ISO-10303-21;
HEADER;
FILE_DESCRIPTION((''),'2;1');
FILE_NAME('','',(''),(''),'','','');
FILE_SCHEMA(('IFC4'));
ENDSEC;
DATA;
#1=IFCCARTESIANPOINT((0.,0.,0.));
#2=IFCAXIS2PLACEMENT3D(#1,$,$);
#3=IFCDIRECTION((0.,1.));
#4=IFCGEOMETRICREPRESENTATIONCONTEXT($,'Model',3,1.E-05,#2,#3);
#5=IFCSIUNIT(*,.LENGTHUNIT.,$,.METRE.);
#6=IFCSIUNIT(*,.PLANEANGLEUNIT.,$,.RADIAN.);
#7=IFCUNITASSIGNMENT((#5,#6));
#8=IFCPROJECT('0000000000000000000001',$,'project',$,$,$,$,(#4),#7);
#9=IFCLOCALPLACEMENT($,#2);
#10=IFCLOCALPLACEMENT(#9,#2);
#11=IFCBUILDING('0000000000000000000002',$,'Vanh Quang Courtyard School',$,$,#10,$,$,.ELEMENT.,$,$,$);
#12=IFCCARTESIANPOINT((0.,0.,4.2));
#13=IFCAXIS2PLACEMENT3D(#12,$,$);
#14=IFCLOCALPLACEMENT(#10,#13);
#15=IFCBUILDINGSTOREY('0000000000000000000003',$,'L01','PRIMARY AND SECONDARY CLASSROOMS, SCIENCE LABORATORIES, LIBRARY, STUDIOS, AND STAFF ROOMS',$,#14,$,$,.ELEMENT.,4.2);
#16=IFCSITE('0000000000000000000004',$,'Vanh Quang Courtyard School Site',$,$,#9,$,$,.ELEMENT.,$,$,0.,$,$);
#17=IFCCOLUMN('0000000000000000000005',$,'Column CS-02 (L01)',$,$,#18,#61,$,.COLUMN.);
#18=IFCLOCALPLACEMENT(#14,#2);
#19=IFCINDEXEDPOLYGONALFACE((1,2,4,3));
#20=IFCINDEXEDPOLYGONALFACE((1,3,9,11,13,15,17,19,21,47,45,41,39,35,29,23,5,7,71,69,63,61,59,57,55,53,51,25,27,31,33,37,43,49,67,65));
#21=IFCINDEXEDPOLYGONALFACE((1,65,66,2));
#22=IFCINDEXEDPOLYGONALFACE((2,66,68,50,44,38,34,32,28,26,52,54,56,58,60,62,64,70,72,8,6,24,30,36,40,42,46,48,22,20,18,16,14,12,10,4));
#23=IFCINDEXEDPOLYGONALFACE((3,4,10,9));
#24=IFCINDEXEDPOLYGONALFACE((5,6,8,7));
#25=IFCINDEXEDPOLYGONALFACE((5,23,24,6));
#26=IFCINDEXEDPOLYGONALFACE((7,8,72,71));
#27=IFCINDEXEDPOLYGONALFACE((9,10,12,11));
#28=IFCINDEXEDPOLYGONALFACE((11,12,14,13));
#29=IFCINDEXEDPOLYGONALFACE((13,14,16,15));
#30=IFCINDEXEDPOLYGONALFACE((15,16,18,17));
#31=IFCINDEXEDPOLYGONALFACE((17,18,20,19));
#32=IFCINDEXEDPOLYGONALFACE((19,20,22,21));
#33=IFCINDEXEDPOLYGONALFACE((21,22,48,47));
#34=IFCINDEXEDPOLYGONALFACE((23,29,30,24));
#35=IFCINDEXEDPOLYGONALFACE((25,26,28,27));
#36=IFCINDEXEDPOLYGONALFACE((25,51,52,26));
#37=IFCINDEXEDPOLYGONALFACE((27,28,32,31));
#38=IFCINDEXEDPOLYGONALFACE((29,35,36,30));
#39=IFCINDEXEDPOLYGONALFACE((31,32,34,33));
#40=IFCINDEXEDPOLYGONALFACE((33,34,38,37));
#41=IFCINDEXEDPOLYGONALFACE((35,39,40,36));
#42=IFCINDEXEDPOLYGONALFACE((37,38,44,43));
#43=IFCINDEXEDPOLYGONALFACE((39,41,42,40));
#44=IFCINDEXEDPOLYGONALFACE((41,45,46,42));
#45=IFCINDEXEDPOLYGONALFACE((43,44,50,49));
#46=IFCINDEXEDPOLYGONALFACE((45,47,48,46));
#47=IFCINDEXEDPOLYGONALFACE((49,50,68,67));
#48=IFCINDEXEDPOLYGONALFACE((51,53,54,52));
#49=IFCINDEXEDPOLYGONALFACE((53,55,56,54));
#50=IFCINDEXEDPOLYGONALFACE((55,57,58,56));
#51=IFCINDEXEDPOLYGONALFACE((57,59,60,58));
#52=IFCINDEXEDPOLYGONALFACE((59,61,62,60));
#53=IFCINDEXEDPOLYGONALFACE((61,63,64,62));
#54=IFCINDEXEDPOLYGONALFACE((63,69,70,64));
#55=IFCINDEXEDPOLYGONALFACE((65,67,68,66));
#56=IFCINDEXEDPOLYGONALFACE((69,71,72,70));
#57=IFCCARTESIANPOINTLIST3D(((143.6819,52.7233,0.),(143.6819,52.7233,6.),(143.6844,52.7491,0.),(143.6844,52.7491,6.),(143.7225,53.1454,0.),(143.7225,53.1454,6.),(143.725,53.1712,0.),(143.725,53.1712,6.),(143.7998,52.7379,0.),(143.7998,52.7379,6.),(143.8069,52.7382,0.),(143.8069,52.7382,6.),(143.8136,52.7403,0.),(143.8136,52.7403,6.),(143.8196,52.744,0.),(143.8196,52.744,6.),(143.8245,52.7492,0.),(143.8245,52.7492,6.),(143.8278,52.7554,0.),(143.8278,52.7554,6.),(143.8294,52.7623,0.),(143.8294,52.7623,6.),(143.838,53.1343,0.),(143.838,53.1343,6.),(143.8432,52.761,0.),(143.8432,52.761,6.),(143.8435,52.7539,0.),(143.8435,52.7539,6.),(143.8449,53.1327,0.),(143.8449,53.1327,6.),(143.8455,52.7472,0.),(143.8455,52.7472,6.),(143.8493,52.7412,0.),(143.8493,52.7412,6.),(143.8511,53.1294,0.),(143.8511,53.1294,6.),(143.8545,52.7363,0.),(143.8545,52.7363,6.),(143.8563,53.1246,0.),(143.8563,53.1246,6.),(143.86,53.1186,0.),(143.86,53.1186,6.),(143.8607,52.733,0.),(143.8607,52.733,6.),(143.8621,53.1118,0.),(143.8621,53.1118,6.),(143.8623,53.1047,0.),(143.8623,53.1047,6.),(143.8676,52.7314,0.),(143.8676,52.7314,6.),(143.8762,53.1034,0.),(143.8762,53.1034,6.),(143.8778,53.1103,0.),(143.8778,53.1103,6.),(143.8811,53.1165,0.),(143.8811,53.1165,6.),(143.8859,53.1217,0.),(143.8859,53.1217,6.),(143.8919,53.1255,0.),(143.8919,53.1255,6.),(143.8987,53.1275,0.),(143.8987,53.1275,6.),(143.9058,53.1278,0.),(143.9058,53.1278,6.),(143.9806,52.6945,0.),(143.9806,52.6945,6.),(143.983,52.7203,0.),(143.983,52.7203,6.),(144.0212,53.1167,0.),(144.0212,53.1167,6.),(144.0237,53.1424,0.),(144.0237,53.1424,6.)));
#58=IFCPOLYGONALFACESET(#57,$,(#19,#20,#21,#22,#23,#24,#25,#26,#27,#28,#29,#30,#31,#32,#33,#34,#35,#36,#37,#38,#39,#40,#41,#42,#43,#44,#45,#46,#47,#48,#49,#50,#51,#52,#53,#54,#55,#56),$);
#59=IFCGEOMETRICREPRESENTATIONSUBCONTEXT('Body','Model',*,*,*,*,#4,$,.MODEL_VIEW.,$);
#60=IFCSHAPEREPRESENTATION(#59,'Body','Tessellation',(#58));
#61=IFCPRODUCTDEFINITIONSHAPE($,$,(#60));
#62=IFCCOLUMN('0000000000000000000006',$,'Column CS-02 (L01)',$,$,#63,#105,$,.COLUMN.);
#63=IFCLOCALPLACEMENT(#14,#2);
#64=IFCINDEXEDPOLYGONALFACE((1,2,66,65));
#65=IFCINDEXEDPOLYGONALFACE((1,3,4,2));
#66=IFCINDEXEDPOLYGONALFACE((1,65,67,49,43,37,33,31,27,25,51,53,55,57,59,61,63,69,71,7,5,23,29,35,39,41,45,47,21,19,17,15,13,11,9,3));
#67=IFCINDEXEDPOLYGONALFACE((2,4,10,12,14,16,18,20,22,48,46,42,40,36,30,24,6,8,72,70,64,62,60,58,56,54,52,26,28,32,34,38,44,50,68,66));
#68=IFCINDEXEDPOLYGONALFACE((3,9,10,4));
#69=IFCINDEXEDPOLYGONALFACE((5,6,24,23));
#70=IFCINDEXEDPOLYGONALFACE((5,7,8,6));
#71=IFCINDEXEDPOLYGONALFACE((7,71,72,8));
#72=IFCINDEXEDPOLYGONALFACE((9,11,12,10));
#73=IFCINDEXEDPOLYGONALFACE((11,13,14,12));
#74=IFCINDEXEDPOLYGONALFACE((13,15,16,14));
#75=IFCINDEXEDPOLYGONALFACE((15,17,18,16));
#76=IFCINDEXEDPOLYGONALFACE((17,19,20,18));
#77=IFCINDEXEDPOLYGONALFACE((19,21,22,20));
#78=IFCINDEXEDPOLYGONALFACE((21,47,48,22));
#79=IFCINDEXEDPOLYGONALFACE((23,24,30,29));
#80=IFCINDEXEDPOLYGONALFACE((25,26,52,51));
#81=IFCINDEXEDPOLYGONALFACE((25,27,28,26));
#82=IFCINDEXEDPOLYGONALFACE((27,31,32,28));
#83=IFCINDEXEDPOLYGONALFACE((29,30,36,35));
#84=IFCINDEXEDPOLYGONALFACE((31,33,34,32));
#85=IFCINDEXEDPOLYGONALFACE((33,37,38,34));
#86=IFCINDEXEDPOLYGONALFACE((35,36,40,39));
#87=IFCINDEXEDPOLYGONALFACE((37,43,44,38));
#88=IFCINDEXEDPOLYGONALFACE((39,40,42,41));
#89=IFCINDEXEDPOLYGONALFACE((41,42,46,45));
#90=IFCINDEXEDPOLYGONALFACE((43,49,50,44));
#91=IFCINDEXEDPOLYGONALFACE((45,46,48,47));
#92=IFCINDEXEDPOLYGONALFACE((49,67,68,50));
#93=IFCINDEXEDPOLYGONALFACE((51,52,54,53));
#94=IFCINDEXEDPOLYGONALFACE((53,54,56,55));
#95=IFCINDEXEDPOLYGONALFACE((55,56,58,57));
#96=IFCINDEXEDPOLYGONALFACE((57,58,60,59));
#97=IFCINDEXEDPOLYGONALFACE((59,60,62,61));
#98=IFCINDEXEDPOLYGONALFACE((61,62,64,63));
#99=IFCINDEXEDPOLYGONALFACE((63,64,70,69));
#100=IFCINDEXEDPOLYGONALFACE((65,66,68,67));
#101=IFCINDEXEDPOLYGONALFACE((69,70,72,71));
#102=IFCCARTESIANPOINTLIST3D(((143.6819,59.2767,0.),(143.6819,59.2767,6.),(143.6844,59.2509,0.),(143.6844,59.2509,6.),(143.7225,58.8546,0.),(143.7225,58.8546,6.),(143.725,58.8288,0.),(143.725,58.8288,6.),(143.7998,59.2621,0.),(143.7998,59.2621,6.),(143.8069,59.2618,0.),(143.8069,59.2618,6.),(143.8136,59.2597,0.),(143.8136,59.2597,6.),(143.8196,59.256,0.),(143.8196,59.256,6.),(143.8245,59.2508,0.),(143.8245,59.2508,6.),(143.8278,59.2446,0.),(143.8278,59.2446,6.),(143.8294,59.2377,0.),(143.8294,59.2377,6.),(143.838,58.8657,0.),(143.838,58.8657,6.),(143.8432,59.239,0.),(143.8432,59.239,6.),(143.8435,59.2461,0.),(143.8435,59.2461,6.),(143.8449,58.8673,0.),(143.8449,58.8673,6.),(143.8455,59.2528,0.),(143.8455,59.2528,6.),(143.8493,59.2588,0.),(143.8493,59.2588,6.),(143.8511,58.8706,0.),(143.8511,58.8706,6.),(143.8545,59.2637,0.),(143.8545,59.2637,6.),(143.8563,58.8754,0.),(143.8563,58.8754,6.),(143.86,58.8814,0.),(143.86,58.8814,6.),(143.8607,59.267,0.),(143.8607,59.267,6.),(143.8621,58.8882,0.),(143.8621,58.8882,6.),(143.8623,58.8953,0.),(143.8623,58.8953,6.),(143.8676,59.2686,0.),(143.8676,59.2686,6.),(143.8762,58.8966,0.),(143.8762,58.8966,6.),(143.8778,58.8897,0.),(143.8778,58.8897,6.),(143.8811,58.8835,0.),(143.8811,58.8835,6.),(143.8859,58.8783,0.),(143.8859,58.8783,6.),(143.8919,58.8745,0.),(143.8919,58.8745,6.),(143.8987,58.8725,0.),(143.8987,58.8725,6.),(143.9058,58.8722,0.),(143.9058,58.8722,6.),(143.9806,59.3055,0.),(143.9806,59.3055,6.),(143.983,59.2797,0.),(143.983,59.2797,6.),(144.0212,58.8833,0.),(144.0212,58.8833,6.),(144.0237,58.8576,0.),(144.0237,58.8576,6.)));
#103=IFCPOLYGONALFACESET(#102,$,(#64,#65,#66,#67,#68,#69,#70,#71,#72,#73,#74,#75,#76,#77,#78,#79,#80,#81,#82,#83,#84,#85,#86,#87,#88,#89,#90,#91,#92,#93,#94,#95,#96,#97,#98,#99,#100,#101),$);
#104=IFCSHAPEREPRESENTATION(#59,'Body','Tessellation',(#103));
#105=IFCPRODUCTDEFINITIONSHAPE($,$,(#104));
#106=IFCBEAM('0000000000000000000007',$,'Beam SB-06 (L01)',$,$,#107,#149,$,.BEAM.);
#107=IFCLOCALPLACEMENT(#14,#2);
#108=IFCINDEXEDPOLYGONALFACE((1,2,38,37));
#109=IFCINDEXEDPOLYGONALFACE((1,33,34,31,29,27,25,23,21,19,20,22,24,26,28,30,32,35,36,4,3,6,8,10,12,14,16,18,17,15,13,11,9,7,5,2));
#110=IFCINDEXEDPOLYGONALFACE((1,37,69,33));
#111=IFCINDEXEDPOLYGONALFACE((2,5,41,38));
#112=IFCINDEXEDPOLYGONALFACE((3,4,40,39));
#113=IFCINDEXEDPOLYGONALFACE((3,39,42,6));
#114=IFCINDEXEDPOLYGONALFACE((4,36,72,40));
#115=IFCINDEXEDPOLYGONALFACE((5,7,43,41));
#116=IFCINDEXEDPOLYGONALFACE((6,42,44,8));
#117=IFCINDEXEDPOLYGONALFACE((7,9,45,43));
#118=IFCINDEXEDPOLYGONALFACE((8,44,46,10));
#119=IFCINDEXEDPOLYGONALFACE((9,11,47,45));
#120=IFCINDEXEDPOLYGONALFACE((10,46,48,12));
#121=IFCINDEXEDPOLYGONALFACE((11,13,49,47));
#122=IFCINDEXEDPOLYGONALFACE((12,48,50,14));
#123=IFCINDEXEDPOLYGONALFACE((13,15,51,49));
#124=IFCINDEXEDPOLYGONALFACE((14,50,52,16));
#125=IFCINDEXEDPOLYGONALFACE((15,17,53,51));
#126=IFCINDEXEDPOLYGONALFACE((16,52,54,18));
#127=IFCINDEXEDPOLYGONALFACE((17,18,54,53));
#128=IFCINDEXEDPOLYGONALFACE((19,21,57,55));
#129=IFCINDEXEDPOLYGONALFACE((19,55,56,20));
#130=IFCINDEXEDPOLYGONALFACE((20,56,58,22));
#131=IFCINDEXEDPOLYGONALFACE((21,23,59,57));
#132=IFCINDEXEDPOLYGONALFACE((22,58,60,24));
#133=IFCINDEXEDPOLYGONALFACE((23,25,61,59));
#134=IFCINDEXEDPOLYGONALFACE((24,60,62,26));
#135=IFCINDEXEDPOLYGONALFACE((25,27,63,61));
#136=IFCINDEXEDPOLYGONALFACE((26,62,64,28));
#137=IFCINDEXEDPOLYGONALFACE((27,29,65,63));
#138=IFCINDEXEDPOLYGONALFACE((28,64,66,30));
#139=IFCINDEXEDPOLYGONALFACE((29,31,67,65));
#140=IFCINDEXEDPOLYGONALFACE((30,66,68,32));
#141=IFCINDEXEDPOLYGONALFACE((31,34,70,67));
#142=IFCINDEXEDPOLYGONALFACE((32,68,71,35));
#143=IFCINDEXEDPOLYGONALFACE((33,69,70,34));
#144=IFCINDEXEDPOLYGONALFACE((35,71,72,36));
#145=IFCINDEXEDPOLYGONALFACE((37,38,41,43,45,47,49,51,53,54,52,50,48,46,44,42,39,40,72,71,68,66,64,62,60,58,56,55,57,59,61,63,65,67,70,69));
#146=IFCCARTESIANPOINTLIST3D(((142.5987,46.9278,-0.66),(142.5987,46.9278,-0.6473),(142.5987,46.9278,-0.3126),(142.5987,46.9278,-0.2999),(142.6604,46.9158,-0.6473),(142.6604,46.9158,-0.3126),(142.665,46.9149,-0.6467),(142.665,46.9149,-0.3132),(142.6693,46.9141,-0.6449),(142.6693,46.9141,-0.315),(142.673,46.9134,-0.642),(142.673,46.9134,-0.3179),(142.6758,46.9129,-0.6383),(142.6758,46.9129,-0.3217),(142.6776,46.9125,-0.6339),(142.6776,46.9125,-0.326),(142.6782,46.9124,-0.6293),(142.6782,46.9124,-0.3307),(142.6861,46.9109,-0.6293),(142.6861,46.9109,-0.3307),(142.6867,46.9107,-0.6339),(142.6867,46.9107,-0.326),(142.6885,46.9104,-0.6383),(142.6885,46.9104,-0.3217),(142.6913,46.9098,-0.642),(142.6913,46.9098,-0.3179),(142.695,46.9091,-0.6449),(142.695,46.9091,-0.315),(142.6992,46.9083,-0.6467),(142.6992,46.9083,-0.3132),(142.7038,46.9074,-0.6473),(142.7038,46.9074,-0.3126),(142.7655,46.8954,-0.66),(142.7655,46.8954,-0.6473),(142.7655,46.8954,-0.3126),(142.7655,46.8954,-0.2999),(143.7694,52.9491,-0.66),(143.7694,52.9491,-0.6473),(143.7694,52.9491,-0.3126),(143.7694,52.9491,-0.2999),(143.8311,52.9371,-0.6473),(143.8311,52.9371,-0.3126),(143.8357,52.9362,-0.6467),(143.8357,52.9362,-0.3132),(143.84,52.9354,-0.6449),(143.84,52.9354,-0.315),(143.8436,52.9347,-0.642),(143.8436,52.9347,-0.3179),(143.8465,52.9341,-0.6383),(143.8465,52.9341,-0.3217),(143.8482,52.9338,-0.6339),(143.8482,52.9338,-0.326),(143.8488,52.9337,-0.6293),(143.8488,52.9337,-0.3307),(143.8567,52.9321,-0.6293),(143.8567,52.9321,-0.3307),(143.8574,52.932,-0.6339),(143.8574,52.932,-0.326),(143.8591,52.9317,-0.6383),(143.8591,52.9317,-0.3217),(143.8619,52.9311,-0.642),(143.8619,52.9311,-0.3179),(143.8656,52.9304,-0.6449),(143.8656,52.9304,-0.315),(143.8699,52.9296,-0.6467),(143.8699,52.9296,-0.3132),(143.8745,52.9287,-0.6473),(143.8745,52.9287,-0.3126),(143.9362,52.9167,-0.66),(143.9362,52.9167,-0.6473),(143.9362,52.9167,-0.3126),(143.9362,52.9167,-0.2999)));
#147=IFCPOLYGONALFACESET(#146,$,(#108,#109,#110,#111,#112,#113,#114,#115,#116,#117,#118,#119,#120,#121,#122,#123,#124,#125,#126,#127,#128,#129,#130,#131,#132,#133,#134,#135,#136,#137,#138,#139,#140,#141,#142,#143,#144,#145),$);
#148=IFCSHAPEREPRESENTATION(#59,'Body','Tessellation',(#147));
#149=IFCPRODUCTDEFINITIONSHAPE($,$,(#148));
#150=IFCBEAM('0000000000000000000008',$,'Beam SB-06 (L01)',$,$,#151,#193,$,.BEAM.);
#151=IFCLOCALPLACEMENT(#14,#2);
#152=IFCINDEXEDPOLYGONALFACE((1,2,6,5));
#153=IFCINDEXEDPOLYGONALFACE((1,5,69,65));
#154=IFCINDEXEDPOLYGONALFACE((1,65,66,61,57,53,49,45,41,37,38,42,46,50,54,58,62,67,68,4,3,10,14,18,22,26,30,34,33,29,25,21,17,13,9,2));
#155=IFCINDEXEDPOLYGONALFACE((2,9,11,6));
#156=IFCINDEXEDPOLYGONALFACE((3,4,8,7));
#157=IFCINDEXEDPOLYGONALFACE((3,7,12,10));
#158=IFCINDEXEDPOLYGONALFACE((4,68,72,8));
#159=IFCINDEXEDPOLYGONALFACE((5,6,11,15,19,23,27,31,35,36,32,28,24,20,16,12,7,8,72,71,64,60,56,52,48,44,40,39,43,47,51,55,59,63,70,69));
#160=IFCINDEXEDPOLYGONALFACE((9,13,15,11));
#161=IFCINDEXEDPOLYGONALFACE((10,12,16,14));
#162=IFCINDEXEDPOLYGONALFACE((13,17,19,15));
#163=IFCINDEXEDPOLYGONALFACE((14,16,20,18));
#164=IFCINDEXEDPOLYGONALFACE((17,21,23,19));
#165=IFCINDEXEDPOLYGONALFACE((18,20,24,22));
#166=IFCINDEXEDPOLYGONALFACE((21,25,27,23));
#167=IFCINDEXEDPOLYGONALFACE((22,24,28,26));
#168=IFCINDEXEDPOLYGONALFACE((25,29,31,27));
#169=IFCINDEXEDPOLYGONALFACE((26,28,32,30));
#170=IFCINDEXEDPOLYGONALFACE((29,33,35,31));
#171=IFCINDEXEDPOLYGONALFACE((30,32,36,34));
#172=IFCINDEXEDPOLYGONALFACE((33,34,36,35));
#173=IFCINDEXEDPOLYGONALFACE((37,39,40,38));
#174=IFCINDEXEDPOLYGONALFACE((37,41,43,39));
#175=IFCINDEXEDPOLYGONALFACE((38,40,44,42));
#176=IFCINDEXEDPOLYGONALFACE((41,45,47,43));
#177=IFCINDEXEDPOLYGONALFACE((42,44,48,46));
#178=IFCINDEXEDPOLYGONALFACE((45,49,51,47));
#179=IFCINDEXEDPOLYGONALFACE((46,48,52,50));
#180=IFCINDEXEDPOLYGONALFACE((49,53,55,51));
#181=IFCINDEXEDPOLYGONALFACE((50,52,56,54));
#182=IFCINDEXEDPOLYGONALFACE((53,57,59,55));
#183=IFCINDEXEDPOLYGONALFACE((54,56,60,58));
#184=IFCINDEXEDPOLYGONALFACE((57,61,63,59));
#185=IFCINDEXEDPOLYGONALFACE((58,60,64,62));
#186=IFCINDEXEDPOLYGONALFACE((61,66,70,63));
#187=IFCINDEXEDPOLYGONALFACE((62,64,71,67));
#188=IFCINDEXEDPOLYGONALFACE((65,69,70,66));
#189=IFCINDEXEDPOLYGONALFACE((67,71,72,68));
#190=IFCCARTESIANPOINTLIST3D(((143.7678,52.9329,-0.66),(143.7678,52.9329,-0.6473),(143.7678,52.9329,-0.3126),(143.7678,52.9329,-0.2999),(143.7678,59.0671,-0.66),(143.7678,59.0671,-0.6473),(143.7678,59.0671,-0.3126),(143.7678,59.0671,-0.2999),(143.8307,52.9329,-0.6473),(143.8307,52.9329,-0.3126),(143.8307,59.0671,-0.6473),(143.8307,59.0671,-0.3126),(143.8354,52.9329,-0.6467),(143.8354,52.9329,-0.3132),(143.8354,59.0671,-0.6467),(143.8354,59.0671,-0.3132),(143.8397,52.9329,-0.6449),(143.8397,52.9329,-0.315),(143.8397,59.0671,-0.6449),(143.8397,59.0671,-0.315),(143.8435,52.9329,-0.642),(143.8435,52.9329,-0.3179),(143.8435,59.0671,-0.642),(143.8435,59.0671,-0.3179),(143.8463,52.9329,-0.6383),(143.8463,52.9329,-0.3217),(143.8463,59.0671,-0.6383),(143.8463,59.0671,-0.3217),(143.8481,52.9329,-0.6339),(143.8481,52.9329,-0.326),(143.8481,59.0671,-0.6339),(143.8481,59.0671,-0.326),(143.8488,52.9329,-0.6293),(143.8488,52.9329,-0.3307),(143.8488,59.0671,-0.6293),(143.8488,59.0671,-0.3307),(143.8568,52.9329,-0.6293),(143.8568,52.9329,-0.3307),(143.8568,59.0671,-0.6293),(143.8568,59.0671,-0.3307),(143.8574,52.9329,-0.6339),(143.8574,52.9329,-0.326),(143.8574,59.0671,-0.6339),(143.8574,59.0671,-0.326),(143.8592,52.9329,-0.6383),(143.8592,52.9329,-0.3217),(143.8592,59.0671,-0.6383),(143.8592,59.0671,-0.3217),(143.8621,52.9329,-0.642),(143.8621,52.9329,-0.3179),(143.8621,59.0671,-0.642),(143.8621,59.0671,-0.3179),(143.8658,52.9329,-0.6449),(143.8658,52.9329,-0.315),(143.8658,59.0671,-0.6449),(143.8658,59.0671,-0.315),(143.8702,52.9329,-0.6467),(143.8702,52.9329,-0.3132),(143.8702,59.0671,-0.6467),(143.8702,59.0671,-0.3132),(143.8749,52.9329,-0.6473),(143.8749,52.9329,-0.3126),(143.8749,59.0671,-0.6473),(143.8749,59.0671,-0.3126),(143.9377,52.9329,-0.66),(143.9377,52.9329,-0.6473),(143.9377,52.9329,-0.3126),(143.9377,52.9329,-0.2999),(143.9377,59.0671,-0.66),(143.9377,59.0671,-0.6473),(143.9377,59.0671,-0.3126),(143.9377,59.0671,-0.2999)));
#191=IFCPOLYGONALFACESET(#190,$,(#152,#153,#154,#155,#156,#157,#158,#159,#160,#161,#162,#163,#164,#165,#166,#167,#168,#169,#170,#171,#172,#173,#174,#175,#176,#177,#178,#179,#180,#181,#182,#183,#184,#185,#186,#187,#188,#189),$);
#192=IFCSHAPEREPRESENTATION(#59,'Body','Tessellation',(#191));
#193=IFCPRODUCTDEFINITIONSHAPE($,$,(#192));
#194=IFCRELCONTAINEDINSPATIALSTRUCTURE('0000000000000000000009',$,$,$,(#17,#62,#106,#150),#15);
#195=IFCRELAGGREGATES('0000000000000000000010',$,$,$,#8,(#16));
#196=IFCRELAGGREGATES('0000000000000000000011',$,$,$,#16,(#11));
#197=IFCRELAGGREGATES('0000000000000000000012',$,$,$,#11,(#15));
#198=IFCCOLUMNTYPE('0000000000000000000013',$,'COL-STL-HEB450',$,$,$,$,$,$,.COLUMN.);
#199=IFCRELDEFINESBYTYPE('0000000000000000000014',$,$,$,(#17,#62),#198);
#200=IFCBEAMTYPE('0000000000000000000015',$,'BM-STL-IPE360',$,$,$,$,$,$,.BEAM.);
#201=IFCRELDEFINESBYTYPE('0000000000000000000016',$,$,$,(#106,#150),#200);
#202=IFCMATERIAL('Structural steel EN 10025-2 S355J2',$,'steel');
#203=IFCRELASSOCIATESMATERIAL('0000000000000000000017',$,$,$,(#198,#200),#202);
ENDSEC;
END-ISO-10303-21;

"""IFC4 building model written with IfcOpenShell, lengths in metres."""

from ifc_helpers import new_model, si_unit, direction, frame, origin, origin_2d, place, context, subcontext, project, spatial, i_section, extrude, material, material_profile, profile_set, type_object, element, save


model = new_model("IFC4")

# Units and contexts
model_context = context("Model", 3, precision=1e-05, world=origin(), true_north=direction((0.0, 1.0)))
body_context = subcontext(model_context, "Body", "Model", "MODEL_VIEW")
ifc_project = project(units=[si_unit("LENGTHUNIT", "METRE"), si_unit("PLANEANGLEUNIT", "RADIAN")], contexts=[model_context])

# Site, building, storey
site_placement = place(None, origin())
site = spatial("IfcSite", under=ifc_project, at=site_placement, Name="Vanh Quang Courtyard School Site", CompositionType="ELEMENT", RefElevation=0.0)
building_placement = place(site_placement, origin())
building = spatial("IfcBuilding", under=site, at=building_placement, Name="Vanh Quang Courtyard School", CompositionType="ELEMENT")
storey_placement = place(building_placement, frame((0.0, 0.0, 4.2)))
storey = spatial("IfcBuildingStorey", under=building, at=storey_placement, Name="L01", Description="PRIMARY AND SECONDARY CLASSROOMS, SCIENCE LABORATORIES, LIBRARY, STUDIOS, AND STAFF ROOMS", CompositionType="ELEMENT", Elevation=4.2)

# Columns
ifc_material_1 = material(Name="Structural steel EN 10025-2 S355J2", Category="steel")
ifc_material_profile_1 = material_profile(ifc_material_1, i_section(OverallWidth=0.3, OverallDepth=0.45, WebThickness=0.0139, FlangeThickness=0.0259, FilletRadius=0.0271, at=origin_2d()), Name="HEB 450")
ifc_profile_set_1 = profile_set([ifc_material_profile_1], Name="Structural steel EN 10025-2 S355J2")
column_type_1 = type_object("IfcColumnType", Name="COL-STL-HEB450", PredefinedType="COLUMN", material=ifc_profile_set_1)
for number, where, z_axis, x_axis, name in (
    (1, (143.8528, 52.9329, 0.0), (0.0, 0.0, 1.0), (0.995396, -0.095846, 0.0), "Column CS-02 (L01)"),
    (2, (143.8528, 59.0671, 0.0), (0.0, 0.0, 1.0), (0.995396, 0.095846, 0.0), "Column CS-02 (L01)"),
):
    element("IfcColumn", number, at=place(storey_placement, frame(where, z_axis=z_axis, x_axis=x_axis)), inside=storey, type_object=column_type_1, Name=name, PredefinedType="COLUMN", context=body_context, shape_type="SweptSolid", body=[
        extrude(i_section(OverallWidth=0.3, OverallDepth=0.45, WebThickness=0.0139, FlangeThickness=0.0259, FilletRadius=0.0271, at=origin_2d()), origin(), (0.0, 0.0, 1.0), 6.0),
    ])

# Beams
ifc_material_profile_2 = material_profile(ifc_material_1, i_section(OverallWidth=0.1699, OverallDepth=0.3601, WebThickness=0.0081, FlangeThickness=0.0127, FilletRadius=0.0181, at=origin_2d()), Name="IPE 360")
ifc_profile_set_2 = profile_set([ifc_material_profile_2], Name="Structural steel EN 10025-2 S355J2")
beam_type_1 = type_object("IfcBeamType", Name="BM-STL-IPE360", PredefinedType="BEAM", material=ifc_profile_set_2)
beam_1_placement = place(storey_placement, frame((142.6821, 46.9116, -0.48), z_axis=(0.190847, 0.98162, 0.0), x_axis=(-0.98162, 0.190847, 0.0)))
element("IfcBeam", 3, at=beam_1_placement, inside=storey, type_object=beam_type_1, Name="Beam SB-06 (L01)", PredefinedType="BEAM", context=body_context, shape_type="SweptSolid", body=[
    extrude(i_section(OverallWidth=0.1699, OverallDepth=0.3601, WebThickness=0.0081, FlangeThickness=0.0127, FilletRadius=0.0181, at=origin_2d()), origin(), (0.0, 0.0, 1.0), 6.134),
])
beam_2_placement = place(storey_placement, frame((143.8528, 52.9329, -0.48), z_axis=(0.0, 1.0, 0.0), x_axis=(-1.0, 0.0, 0.0)))
element("IfcBeam", 4, at=beam_2_placement, inside=storey, type_object=beam_type_1, Name="Beam SB-06 (L01)", PredefinedType="BEAM", context=body_context, shape_type="SweptSolid", body=[
    extrude(i_section(OverallWidth=0.1699, OverallDepth=0.3601, WebThickness=0.0081, FlangeThickness=0.0127, FilletRadius=0.0181, at=origin_2d()), origin(), (0.0, 0.0, 1.0), 6.1343),
])

save(model, "model.ifc")
